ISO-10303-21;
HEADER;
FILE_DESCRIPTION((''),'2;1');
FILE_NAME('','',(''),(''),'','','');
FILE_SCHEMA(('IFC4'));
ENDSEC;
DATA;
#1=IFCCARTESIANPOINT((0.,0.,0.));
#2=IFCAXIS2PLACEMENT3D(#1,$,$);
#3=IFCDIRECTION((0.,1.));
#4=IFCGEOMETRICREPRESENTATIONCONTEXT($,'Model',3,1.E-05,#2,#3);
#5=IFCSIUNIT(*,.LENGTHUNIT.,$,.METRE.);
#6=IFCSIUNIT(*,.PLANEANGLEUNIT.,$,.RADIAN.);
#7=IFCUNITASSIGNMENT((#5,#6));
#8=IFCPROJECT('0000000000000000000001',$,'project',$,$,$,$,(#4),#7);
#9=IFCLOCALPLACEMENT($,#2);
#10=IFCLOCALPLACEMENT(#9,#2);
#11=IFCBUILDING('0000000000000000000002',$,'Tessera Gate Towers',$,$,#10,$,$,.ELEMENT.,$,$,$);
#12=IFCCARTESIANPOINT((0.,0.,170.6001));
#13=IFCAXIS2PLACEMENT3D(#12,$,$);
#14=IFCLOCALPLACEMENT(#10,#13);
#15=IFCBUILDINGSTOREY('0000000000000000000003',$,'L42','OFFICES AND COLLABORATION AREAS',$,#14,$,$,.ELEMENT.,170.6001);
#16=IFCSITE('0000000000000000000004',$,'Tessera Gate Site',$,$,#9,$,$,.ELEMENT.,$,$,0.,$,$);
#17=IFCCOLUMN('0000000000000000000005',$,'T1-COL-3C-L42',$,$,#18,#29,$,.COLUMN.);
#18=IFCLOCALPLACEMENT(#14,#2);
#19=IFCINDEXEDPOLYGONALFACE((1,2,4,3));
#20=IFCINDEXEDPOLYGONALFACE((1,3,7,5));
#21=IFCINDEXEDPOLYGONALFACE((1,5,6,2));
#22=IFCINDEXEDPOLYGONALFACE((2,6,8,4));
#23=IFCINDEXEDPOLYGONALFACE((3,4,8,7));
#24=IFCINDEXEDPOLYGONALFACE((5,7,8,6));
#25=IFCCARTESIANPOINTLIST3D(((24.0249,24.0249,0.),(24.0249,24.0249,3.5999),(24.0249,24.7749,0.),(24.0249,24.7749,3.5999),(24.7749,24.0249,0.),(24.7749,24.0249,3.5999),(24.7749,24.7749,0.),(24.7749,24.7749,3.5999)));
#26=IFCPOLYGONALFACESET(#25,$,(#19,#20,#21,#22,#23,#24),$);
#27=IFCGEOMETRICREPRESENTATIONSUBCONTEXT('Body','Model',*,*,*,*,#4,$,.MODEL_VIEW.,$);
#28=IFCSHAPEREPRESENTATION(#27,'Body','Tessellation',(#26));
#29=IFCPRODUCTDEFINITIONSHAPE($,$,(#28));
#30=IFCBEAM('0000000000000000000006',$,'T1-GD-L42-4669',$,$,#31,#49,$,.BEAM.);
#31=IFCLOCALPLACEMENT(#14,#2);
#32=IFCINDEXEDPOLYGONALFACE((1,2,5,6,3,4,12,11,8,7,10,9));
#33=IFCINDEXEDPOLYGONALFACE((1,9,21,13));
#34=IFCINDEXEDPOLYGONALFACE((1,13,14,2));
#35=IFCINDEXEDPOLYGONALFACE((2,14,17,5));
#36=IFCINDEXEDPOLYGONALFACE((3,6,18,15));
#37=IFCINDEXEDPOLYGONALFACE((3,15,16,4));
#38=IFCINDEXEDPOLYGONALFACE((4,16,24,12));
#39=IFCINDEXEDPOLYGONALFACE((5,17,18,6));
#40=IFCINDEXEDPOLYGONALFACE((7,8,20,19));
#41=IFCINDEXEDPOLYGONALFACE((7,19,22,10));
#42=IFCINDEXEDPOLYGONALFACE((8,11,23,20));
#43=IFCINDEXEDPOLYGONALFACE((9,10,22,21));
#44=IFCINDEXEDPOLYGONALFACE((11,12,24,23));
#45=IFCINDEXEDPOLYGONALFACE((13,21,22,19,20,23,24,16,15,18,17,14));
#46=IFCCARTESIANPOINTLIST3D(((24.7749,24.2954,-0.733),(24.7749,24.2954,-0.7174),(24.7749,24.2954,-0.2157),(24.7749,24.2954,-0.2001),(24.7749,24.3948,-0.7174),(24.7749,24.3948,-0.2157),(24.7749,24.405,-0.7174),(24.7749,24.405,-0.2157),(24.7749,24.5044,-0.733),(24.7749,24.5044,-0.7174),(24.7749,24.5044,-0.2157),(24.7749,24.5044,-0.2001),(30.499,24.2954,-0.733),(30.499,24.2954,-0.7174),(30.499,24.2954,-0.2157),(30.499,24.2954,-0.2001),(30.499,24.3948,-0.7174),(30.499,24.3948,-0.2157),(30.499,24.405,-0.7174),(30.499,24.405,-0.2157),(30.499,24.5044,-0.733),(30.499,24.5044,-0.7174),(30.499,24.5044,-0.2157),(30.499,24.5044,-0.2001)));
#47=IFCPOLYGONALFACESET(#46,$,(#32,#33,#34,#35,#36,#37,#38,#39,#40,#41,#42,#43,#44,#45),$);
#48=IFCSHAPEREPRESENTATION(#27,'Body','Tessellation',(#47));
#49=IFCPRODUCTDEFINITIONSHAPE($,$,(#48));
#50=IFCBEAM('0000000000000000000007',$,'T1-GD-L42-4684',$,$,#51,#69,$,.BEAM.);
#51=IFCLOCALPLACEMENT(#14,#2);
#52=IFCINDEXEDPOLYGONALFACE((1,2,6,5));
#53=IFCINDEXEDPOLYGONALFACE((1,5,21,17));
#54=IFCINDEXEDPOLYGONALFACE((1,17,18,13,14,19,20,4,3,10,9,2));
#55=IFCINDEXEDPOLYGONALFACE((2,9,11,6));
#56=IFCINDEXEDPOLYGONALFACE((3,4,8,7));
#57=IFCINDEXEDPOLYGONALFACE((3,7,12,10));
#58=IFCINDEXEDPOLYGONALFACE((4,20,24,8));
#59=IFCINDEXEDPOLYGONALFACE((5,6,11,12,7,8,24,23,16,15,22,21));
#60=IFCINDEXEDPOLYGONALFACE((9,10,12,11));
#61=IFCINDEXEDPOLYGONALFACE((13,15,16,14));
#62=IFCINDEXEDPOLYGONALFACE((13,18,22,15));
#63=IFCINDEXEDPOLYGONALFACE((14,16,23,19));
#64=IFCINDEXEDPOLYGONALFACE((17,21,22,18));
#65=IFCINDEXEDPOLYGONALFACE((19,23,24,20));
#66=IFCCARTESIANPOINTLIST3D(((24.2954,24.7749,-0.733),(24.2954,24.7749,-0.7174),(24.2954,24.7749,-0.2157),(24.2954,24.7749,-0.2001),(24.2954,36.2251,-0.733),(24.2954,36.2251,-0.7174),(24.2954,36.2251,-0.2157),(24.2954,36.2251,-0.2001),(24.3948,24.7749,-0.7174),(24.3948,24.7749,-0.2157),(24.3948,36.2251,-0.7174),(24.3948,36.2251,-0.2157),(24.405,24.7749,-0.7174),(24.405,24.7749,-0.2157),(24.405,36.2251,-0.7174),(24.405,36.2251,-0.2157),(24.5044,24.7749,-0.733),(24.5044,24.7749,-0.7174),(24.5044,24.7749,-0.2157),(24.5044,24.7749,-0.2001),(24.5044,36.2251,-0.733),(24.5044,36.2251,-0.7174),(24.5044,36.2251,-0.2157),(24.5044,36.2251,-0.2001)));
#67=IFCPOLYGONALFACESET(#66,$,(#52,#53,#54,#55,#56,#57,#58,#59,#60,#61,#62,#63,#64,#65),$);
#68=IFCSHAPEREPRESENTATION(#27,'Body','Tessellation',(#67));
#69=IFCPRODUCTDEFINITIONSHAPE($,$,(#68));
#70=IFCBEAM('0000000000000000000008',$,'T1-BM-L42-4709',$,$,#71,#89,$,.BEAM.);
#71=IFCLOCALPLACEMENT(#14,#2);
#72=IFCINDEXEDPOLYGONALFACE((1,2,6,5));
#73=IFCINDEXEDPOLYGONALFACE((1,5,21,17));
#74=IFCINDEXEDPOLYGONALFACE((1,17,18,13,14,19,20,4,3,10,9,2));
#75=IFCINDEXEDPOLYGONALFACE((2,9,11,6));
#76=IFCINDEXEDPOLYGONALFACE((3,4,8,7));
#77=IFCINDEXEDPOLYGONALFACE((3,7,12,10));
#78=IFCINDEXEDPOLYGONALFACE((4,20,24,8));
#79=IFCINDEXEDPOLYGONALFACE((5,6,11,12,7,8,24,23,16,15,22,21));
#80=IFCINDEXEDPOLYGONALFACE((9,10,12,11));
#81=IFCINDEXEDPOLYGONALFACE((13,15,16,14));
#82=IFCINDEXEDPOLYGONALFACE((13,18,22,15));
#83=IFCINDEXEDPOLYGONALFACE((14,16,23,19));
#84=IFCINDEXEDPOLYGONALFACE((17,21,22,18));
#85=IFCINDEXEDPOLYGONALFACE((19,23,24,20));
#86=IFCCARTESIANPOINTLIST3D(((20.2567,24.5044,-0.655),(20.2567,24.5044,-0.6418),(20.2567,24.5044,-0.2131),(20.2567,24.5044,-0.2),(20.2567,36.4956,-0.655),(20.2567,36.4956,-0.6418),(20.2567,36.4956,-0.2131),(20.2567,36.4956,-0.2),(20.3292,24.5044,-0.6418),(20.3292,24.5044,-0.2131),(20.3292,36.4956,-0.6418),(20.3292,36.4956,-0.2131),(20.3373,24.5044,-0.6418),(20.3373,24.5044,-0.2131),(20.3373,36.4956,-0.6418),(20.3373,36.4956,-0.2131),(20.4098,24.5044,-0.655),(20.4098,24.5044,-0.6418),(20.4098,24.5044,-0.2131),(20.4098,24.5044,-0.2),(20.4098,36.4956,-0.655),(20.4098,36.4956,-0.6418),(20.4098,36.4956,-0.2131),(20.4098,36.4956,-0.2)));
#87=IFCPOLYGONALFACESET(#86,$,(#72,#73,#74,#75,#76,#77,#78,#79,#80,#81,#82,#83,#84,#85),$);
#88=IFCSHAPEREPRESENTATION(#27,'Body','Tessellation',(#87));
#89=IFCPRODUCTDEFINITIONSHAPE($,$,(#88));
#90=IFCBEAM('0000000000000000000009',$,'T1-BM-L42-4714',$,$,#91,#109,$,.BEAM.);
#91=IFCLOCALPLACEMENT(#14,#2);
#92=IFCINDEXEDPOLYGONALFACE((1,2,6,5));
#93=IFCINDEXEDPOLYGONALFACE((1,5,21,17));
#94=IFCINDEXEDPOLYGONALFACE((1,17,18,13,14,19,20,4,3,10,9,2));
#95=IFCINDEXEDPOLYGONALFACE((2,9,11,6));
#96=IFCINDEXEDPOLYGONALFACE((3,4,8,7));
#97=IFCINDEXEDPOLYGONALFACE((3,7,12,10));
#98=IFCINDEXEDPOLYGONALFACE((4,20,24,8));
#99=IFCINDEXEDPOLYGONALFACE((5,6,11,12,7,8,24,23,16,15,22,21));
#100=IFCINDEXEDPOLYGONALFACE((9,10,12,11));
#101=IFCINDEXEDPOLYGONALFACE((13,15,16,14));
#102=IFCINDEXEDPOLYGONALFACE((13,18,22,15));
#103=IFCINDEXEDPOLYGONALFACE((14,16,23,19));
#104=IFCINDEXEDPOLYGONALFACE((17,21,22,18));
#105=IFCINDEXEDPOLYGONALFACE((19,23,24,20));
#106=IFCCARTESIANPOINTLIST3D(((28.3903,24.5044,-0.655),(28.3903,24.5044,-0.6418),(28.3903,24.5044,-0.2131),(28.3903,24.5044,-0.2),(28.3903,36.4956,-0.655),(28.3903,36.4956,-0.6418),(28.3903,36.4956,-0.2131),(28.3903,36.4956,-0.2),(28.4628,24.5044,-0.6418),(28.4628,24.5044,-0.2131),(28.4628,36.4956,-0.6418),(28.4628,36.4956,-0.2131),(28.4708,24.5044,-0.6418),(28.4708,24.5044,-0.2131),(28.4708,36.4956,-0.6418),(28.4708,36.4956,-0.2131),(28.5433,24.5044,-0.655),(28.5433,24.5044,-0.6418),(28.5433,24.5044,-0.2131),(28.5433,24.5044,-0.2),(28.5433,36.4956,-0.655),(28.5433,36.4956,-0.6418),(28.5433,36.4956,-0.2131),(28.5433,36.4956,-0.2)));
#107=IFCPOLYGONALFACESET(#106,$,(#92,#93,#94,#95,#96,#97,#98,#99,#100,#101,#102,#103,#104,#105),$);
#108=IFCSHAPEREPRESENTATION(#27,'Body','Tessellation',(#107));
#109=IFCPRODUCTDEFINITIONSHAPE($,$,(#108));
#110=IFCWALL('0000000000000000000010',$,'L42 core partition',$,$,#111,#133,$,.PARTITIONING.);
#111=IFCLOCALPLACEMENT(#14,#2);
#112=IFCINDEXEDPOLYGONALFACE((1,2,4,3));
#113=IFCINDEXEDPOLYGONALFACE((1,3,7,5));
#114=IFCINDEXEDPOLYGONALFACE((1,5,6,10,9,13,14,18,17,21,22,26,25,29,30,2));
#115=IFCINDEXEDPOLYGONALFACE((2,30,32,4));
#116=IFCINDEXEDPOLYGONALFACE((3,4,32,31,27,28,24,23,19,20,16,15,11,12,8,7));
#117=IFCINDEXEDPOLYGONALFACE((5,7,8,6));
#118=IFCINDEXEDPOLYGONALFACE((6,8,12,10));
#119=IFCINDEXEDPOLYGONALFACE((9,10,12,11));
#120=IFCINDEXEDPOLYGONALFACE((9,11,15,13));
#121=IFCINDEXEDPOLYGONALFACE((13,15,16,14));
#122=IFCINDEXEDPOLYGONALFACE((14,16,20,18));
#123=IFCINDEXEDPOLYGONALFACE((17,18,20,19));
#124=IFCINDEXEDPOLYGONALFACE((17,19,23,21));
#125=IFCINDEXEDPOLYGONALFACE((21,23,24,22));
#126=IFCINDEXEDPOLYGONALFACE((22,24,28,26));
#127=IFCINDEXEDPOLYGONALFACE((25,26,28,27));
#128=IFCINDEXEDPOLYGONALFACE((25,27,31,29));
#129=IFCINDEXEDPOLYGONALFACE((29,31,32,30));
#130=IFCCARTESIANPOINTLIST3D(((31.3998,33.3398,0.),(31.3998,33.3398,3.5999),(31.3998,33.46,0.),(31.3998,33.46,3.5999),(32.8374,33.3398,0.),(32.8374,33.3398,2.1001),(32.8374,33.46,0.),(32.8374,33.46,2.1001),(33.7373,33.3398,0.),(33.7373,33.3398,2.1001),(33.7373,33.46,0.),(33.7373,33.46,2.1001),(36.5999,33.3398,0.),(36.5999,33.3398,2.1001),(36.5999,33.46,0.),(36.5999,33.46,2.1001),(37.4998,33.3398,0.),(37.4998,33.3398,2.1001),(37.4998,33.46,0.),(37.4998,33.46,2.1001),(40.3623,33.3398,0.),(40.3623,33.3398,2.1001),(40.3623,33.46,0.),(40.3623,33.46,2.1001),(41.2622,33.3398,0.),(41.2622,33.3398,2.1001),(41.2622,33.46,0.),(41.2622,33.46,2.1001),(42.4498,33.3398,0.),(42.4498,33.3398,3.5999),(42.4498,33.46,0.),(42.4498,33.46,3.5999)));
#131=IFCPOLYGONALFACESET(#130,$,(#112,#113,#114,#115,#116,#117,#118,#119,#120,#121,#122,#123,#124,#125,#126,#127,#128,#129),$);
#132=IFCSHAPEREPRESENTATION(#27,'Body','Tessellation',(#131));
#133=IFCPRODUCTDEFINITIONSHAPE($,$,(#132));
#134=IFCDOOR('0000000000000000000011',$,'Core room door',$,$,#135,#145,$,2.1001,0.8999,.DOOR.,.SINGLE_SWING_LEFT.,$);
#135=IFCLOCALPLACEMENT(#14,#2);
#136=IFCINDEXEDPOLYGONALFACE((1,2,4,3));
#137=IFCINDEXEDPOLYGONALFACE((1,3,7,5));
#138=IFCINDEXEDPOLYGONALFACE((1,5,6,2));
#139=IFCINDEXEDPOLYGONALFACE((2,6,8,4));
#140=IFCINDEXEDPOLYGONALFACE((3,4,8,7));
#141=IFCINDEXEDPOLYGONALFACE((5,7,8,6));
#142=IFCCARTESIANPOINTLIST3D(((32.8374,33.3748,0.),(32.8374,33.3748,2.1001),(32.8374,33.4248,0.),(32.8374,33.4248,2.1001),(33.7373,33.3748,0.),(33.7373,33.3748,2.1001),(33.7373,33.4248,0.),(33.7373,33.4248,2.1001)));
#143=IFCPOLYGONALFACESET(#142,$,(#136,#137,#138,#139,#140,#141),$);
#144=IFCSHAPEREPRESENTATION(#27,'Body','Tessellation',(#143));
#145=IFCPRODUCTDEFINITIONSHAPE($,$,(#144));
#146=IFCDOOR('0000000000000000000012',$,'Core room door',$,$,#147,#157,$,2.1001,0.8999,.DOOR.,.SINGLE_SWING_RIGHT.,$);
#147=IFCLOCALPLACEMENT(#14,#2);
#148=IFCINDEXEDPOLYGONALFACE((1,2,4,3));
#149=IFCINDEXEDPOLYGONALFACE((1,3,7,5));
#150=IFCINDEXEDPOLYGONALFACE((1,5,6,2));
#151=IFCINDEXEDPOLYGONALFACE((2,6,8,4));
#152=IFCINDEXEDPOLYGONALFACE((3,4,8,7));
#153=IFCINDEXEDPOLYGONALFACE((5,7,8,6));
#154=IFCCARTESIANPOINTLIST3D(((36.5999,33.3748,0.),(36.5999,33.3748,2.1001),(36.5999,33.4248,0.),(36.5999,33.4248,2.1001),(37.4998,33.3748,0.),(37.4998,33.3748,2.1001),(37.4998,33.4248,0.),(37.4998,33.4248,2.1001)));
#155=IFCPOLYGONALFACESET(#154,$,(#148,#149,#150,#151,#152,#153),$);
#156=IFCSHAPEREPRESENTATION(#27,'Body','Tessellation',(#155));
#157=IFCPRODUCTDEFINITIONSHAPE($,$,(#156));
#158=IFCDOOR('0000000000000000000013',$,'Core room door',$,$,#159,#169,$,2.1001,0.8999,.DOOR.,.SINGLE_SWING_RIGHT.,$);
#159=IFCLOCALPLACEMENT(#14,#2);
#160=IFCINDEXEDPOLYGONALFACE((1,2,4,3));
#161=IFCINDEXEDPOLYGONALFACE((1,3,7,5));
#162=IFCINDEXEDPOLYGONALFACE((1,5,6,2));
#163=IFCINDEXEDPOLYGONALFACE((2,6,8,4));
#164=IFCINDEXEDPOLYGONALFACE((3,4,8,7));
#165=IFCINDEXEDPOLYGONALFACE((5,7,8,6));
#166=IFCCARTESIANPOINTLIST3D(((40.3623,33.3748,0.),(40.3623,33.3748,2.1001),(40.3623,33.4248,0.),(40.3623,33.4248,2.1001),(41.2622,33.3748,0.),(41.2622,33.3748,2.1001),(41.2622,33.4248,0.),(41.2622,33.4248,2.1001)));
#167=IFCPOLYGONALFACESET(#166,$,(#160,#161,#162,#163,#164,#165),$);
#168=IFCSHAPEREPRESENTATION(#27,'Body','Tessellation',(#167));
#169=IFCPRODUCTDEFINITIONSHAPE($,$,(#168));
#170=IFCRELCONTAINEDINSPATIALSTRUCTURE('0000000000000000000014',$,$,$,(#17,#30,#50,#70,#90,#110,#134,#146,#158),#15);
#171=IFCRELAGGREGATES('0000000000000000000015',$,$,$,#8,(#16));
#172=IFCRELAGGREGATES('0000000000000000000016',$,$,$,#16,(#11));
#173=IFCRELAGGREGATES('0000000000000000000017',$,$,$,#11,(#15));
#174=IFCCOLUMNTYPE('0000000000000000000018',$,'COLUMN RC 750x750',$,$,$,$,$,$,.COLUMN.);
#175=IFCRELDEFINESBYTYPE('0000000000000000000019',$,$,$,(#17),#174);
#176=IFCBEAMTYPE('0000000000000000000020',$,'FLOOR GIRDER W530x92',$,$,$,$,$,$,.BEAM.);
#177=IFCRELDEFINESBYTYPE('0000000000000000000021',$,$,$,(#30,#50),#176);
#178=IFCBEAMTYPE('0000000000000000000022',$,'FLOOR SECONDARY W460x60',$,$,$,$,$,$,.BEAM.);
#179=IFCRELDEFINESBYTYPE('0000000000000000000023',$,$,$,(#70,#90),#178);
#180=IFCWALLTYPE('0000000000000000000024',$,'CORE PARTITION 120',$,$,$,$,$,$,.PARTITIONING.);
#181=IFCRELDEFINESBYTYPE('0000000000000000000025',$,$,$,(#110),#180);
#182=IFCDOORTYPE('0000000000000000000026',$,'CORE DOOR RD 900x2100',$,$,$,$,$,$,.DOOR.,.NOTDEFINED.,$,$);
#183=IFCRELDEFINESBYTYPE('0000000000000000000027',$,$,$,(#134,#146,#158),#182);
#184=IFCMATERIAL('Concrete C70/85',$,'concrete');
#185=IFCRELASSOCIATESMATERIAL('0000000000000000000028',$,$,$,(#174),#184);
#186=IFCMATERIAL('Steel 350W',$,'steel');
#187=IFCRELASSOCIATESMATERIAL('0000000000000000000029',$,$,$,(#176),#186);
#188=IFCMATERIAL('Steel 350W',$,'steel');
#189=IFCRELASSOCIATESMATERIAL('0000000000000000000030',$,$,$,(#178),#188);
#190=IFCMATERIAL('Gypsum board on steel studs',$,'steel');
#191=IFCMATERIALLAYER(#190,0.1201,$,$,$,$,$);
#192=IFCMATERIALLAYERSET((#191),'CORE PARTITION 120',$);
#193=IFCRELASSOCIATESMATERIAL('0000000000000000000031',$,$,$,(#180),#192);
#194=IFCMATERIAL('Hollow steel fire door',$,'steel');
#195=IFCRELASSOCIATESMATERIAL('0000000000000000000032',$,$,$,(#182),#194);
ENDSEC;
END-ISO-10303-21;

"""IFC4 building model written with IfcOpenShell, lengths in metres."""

from ifc_helpers import new_model, si_unit, direction, frame, frame_2d, origin, origin_2d, place, context, subcontext, project, spatial, rectangle, i_section, extrude, source, transform, mapped, material, layer, layer_set, material_profile, profile_set, type_object, element, fill, save


model = new_model("IFC4")

# Units and contexts
model_context = context("Model", 3, precision=1e-05, world=origin(), true_north=direction((0.0, 1.0)))
body_context = subcontext(model_context, "Body", "Model", "MODEL_VIEW")
ifc_project = project(units=[si_unit("LENGTHUNIT", "METRE"), si_unit("PLANEANGLEUNIT", "RADIAN")], contexts=[model_context])

# Site, building, storey
site_placement = place(None, origin())
site = spatial("IfcSite", under=ifc_project, at=site_placement, Name="Tessera Gate Site", CompositionType="ELEMENT", RefElevation=0.0)
building_placement = place(site_placement, origin())
building = spatial("IfcBuilding", under=site, at=building_placement, Name="Tessera Gate Towers", CompositionType="ELEMENT")
storey_placement = place(building_placement, frame((0.0, 0.0, 170.6001)))
storey = spatial("IfcBuildingStorey", under=building, at=storey_placement, Name="L42", Description="OFFICES AND COLLABORATION AREAS", CompositionType="ELEMENT", Elevation=170.6001)

# Column
ifc_material_1 = material(Name="Concrete C70/85", Category="concrete")
ifc_material_profile_1 = material_profile(ifc_material_1, rectangle(XDim=0.75, YDim=0.75, at=origin_2d()), Name="RC 750x750")
ifc_profile_set_1 = profile_set([ifc_material_profile_1], Name="Concrete C70/85")
column_type = type_object("IfcColumnType", Name="COLUMN RC 750x750", PredefinedType="COLUMN", material=ifc_profile_set_1)
column_placement = place(storey_placement, frame((24.3999, 24.3999, 0.0), z_axis=(0.0, 0.0, 1.0), x_axis=(1.0, 0.0, 0.0)))
element("IfcColumn", 1, at=column_placement, inside=storey, type_object=column_type, Name="T1-COL-3C-L42", PredefinedType="COLUMN", context=body_context, shape_type="SweptSolid", body=[
    extrude(rectangle(XDim=0.75, YDim=0.75, at=origin_2d()), origin(), (0.0, 0.0, 1.0), 3.5999),
])

# Beams
ifc_material_2 = material(Name="Steel 350W", Category="steel")
ifc_material_profile_2 = material_profile(ifc_material_2, i_section(OverallWidth=0.209, OverallDepth=0.533, WebThickness=0.0103, FlangeThickness=0.0156, at=origin_2d()), Name="W530x92")
ifc_profile_set_2 = profile_set([ifc_material_profile_2], Name="Steel 350W")
beam_type_1 = type_object("IfcBeamType", Name="FLOOR GIRDER W530x92", PredefinedType="BEAM", material=ifc_profile_set_2)
beam_1_placement = place(storey_placement, frame((24.7749, 24.3999, -0.4666), z_axis=(1.0, 0.0, 0.0), x_axis=(0.0, 1.0, 0.0)))
element("IfcBeam", 2, at=beam_1_placement, inside=storey, type_object=beam_type_1, Name="T1-GD-L42-4669", PredefinedType="BEAM", context=body_context, shape_type="SweptSolid", body=[
    extrude(i_section(OverallWidth=0.209, OverallDepth=0.533, WebThickness=0.0103, FlangeThickness=0.0156, at=origin_2d()), origin(), (0.0, 0.0, 1.0), 5.7241),
])
beam_2_placement = place(storey_placement, frame((24.3999, 24.7749, -0.4666), z_axis=(0.0, 1.0, 0.0), x_axis=(-1.0, 0.0, 0.0)))
element("IfcBeam", 3, at=beam_2_placement, inside=storey, type_object=beam_type_1, Name="T1-GD-L42-4684", PredefinedType="BEAM", context=body_context, shape_type="SweptSolid", body=[
    extrude(i_section(OverallWidth=0.209, OverallDepth=0.533, WebThickness=0.0103, FlangeThickness=0.0156, at=origin_2d()), origin(), (0.0, 0.0, 1.0), 11.4502),
])
ifc_material_3 = material(Name="Steel 350W", Category="steel")
ifc_material_profile_3 = material_profile(ifc_material_3, i_section(OverallWidth=0.1531, OverallDepth=0.4551, WebThickness=0.0081, FlangeThickness=0.0132, at=origin_2d()), Name="W460x60")
ifc_profile_set_3 = profile_set([ifc_material_profile_3], Name="Steel 350W")
beam_type_2 = type_object("IfcBeamType", Name="FLOOR SECONDARY W460x60", PredefinedType="BEAM", material=ifc_profile_set_3)
for number, where, z_axis, x_axis, name in (
    (4, (20.3333, 24.5044, -0.4275), (0.0, 1.0, 0.0), (-1.0, 0.0, 0.0), "T1-BM-L42-4709"),
    (5, (28.4668, 24.5044, -0.4275), (0.0, 1.0, 0.0), (-1.0, 0.0, 0.0), "T1-BM-L42-4714"),
):
    element("IfcBeam", number, at=place(storey_placement, frame(where, z_axis=z_axis, x_axis=x_axis)), inside=storey, type_object=beam_type_2, Name=name, PredefinedType="BEAM", context=body_context, shape_type="SweptSolid", body=[
        extrude(i_section(OverallWidth=0.1531, OverallDepth=0.4551, WebThickness=0.0081, FlangeThickness=0.0132, at=origin_2d()), origin(), (0.0, 0.0, 1.0), 11.9912),
    ])

# Wall, openings, doors
ifc_material_4 = material(Name="Gypsum board on steel studs", Category="steel")
ifc_layer_1 = layer(ifc_material_4, 0.1201)
ifc_layer_set_1 = layer_set([ifc_layer_1], Name="CORE PARTITION 120")
wall_type_1 = type_object("IfcWallType", Name="CORE PARTITION 120", PredefinedType="PARTITIONING", material=ifc_layer_set_1)
wall_1_placement = place(storey_placement, frame((31.3999, 33.3999, 0.0), z_axis=(0.0, 0.0, 1.0), x_axis=(1.0, 0.0, 0.0)))
wall_1 = element("IfcWall", 6, at=wall_1_placement, inside=storey, type_object=wall_type_1, Name="L42 core partition", PredefinedType="PARTITIONING", context=body_context, shape_type="SweptSolid", body=[
    extrude(rectangle(XDim=11.05, YDim=0.1201, at=frame_2d((5.5249, 0.0))), origin(), (0.0, 0.0, 1.0), 3.5999),
])
shared_shape_1 = source(origin(), body_context, "Body", "SweptSolid", [
    extrude(rectangle(XDim=0.8999, YDim=2.1001, at=frame_2d((0.45, 1.05))), frame((0.0, 0.0701, 0.0), z_axis=(0.0, -1.0, 0.0), x_axis=(1.0, 0.0, 0.0)), (0.0, 0.0, 1.0), 0.1401),
])
opening_1_placement = place(wall_1_placement, frame((1.4375, 0.0, 0.0)))
opening_1 = element("IfcOpeningElement", 7, at=opening_1_placement, cuts=wall_1, PredefinedType="OPENING", context=body_context, shape_type="MappedRepresentation", body=[
    mapped(shared_shape_1, transform((0.0, 0.0, 0.0), scale=1.0)),
])
opening_2_placement = place(wall_1_placement, frame((5.2, 0.0, 0.0)))
opening_2 = element("IfcOpeningElement", 8, at=opening_2_placement, cuts=wall_1, PredefinedType="OPENING", context=body_context, shape_type="MappedRepresentation", body=[
    mapped(shared_shape_1, transform((0.0, 0.0, 0.0), scale=1.0)),
])
opening_3_placement = place(wall_1_placement, frame((8.9624, 0.0, 0.0)))
opening_3 = element("IfcOpeningElement", 9, at=opening_3_placement, cuts=wall_1, PredefinedType="OPENING", context=body_context, shape_type="MappedRepresentation", body=[
    mapped(shared_shape_1, transform((0.0, 0.0, 0.0), scale=1.0)),
])
ifc_material_5 = material(Name="Hollow steel fire door", Category="steel")
door_type_1 = type_object("IfcDoorType", Name="CORE DOOR RD 900x2100", OperationType="NOTDEFINED", PredefinedType="DOOR", material=ifc_material_5)
shared_shape_2 = source(origin(), body_context, "Body", "SweptSolid", [
    extrude(rectangle(XDim=0.8999, YDim=2.1001, at=frame_2d((0.45, 1.05))), frame((0.0, 0.0249, 0.0), z_axis=(0.0, -1.0, 0.0), x_axis=(1.0, 0.0, 0.0)), (0.0, 0.0, 1.0), 0.05),
])
door_1_placement = place(opening_1_placement, origin())
door_1 = element("IfcDoor", 10, at=door_1_placement, inside=storey, type_object=door_type_1, Name="Core room door", OperationType="SINGLE_SWING_LEFT", OverallHeight=2.1001, OverallWidth=0.8999, PredefinedType="DOOR", context=body_context, shape_type="MappedRepresentation", body=[
    mapped(shared_shape_2, transform((0.0, 0.0, 0.0), scale=1.0)),
])
fill(opening_1, door_1)
door_2_placement = place(opening_2_placement, origin())
door_2 = element("IfcDoor", 11, at=door_2_placement, inside=storey, type_object=door_type_1, Name="Core room door", OperationType="SINGLE_SWING_RIGHT", OverallHeight=2.1001, OverallWidth=0.8999, PredefinedType="DOOR", context=body_context, shape_type="MappedRepresentation", body=[
    mapped(shared_shape_2, transform((0.0, 0.0, 0.0), scale=1.0)),
])
fill(opening_2, door_2)
door_3_placement = place(opening_3_placement, origin())
door_3 = element("IfcDoor", 12, at=door_3_placement, inside=storey, type_object=door_type_1, Name="Core room door", OperationType="SINGLE_SWING_RIGHT", OverallHeight=2.1001, OverallWidth=0.8999, PredefinedType="DOOR", context=body_context, shape_type="MappedRepresentation", body=[
    mapped(shared_shape_2, transform((0.0, 0.0, 0.0), scale=1.0)),
])
fill(opening_3, door_3)

save(model, "model.ifc")
